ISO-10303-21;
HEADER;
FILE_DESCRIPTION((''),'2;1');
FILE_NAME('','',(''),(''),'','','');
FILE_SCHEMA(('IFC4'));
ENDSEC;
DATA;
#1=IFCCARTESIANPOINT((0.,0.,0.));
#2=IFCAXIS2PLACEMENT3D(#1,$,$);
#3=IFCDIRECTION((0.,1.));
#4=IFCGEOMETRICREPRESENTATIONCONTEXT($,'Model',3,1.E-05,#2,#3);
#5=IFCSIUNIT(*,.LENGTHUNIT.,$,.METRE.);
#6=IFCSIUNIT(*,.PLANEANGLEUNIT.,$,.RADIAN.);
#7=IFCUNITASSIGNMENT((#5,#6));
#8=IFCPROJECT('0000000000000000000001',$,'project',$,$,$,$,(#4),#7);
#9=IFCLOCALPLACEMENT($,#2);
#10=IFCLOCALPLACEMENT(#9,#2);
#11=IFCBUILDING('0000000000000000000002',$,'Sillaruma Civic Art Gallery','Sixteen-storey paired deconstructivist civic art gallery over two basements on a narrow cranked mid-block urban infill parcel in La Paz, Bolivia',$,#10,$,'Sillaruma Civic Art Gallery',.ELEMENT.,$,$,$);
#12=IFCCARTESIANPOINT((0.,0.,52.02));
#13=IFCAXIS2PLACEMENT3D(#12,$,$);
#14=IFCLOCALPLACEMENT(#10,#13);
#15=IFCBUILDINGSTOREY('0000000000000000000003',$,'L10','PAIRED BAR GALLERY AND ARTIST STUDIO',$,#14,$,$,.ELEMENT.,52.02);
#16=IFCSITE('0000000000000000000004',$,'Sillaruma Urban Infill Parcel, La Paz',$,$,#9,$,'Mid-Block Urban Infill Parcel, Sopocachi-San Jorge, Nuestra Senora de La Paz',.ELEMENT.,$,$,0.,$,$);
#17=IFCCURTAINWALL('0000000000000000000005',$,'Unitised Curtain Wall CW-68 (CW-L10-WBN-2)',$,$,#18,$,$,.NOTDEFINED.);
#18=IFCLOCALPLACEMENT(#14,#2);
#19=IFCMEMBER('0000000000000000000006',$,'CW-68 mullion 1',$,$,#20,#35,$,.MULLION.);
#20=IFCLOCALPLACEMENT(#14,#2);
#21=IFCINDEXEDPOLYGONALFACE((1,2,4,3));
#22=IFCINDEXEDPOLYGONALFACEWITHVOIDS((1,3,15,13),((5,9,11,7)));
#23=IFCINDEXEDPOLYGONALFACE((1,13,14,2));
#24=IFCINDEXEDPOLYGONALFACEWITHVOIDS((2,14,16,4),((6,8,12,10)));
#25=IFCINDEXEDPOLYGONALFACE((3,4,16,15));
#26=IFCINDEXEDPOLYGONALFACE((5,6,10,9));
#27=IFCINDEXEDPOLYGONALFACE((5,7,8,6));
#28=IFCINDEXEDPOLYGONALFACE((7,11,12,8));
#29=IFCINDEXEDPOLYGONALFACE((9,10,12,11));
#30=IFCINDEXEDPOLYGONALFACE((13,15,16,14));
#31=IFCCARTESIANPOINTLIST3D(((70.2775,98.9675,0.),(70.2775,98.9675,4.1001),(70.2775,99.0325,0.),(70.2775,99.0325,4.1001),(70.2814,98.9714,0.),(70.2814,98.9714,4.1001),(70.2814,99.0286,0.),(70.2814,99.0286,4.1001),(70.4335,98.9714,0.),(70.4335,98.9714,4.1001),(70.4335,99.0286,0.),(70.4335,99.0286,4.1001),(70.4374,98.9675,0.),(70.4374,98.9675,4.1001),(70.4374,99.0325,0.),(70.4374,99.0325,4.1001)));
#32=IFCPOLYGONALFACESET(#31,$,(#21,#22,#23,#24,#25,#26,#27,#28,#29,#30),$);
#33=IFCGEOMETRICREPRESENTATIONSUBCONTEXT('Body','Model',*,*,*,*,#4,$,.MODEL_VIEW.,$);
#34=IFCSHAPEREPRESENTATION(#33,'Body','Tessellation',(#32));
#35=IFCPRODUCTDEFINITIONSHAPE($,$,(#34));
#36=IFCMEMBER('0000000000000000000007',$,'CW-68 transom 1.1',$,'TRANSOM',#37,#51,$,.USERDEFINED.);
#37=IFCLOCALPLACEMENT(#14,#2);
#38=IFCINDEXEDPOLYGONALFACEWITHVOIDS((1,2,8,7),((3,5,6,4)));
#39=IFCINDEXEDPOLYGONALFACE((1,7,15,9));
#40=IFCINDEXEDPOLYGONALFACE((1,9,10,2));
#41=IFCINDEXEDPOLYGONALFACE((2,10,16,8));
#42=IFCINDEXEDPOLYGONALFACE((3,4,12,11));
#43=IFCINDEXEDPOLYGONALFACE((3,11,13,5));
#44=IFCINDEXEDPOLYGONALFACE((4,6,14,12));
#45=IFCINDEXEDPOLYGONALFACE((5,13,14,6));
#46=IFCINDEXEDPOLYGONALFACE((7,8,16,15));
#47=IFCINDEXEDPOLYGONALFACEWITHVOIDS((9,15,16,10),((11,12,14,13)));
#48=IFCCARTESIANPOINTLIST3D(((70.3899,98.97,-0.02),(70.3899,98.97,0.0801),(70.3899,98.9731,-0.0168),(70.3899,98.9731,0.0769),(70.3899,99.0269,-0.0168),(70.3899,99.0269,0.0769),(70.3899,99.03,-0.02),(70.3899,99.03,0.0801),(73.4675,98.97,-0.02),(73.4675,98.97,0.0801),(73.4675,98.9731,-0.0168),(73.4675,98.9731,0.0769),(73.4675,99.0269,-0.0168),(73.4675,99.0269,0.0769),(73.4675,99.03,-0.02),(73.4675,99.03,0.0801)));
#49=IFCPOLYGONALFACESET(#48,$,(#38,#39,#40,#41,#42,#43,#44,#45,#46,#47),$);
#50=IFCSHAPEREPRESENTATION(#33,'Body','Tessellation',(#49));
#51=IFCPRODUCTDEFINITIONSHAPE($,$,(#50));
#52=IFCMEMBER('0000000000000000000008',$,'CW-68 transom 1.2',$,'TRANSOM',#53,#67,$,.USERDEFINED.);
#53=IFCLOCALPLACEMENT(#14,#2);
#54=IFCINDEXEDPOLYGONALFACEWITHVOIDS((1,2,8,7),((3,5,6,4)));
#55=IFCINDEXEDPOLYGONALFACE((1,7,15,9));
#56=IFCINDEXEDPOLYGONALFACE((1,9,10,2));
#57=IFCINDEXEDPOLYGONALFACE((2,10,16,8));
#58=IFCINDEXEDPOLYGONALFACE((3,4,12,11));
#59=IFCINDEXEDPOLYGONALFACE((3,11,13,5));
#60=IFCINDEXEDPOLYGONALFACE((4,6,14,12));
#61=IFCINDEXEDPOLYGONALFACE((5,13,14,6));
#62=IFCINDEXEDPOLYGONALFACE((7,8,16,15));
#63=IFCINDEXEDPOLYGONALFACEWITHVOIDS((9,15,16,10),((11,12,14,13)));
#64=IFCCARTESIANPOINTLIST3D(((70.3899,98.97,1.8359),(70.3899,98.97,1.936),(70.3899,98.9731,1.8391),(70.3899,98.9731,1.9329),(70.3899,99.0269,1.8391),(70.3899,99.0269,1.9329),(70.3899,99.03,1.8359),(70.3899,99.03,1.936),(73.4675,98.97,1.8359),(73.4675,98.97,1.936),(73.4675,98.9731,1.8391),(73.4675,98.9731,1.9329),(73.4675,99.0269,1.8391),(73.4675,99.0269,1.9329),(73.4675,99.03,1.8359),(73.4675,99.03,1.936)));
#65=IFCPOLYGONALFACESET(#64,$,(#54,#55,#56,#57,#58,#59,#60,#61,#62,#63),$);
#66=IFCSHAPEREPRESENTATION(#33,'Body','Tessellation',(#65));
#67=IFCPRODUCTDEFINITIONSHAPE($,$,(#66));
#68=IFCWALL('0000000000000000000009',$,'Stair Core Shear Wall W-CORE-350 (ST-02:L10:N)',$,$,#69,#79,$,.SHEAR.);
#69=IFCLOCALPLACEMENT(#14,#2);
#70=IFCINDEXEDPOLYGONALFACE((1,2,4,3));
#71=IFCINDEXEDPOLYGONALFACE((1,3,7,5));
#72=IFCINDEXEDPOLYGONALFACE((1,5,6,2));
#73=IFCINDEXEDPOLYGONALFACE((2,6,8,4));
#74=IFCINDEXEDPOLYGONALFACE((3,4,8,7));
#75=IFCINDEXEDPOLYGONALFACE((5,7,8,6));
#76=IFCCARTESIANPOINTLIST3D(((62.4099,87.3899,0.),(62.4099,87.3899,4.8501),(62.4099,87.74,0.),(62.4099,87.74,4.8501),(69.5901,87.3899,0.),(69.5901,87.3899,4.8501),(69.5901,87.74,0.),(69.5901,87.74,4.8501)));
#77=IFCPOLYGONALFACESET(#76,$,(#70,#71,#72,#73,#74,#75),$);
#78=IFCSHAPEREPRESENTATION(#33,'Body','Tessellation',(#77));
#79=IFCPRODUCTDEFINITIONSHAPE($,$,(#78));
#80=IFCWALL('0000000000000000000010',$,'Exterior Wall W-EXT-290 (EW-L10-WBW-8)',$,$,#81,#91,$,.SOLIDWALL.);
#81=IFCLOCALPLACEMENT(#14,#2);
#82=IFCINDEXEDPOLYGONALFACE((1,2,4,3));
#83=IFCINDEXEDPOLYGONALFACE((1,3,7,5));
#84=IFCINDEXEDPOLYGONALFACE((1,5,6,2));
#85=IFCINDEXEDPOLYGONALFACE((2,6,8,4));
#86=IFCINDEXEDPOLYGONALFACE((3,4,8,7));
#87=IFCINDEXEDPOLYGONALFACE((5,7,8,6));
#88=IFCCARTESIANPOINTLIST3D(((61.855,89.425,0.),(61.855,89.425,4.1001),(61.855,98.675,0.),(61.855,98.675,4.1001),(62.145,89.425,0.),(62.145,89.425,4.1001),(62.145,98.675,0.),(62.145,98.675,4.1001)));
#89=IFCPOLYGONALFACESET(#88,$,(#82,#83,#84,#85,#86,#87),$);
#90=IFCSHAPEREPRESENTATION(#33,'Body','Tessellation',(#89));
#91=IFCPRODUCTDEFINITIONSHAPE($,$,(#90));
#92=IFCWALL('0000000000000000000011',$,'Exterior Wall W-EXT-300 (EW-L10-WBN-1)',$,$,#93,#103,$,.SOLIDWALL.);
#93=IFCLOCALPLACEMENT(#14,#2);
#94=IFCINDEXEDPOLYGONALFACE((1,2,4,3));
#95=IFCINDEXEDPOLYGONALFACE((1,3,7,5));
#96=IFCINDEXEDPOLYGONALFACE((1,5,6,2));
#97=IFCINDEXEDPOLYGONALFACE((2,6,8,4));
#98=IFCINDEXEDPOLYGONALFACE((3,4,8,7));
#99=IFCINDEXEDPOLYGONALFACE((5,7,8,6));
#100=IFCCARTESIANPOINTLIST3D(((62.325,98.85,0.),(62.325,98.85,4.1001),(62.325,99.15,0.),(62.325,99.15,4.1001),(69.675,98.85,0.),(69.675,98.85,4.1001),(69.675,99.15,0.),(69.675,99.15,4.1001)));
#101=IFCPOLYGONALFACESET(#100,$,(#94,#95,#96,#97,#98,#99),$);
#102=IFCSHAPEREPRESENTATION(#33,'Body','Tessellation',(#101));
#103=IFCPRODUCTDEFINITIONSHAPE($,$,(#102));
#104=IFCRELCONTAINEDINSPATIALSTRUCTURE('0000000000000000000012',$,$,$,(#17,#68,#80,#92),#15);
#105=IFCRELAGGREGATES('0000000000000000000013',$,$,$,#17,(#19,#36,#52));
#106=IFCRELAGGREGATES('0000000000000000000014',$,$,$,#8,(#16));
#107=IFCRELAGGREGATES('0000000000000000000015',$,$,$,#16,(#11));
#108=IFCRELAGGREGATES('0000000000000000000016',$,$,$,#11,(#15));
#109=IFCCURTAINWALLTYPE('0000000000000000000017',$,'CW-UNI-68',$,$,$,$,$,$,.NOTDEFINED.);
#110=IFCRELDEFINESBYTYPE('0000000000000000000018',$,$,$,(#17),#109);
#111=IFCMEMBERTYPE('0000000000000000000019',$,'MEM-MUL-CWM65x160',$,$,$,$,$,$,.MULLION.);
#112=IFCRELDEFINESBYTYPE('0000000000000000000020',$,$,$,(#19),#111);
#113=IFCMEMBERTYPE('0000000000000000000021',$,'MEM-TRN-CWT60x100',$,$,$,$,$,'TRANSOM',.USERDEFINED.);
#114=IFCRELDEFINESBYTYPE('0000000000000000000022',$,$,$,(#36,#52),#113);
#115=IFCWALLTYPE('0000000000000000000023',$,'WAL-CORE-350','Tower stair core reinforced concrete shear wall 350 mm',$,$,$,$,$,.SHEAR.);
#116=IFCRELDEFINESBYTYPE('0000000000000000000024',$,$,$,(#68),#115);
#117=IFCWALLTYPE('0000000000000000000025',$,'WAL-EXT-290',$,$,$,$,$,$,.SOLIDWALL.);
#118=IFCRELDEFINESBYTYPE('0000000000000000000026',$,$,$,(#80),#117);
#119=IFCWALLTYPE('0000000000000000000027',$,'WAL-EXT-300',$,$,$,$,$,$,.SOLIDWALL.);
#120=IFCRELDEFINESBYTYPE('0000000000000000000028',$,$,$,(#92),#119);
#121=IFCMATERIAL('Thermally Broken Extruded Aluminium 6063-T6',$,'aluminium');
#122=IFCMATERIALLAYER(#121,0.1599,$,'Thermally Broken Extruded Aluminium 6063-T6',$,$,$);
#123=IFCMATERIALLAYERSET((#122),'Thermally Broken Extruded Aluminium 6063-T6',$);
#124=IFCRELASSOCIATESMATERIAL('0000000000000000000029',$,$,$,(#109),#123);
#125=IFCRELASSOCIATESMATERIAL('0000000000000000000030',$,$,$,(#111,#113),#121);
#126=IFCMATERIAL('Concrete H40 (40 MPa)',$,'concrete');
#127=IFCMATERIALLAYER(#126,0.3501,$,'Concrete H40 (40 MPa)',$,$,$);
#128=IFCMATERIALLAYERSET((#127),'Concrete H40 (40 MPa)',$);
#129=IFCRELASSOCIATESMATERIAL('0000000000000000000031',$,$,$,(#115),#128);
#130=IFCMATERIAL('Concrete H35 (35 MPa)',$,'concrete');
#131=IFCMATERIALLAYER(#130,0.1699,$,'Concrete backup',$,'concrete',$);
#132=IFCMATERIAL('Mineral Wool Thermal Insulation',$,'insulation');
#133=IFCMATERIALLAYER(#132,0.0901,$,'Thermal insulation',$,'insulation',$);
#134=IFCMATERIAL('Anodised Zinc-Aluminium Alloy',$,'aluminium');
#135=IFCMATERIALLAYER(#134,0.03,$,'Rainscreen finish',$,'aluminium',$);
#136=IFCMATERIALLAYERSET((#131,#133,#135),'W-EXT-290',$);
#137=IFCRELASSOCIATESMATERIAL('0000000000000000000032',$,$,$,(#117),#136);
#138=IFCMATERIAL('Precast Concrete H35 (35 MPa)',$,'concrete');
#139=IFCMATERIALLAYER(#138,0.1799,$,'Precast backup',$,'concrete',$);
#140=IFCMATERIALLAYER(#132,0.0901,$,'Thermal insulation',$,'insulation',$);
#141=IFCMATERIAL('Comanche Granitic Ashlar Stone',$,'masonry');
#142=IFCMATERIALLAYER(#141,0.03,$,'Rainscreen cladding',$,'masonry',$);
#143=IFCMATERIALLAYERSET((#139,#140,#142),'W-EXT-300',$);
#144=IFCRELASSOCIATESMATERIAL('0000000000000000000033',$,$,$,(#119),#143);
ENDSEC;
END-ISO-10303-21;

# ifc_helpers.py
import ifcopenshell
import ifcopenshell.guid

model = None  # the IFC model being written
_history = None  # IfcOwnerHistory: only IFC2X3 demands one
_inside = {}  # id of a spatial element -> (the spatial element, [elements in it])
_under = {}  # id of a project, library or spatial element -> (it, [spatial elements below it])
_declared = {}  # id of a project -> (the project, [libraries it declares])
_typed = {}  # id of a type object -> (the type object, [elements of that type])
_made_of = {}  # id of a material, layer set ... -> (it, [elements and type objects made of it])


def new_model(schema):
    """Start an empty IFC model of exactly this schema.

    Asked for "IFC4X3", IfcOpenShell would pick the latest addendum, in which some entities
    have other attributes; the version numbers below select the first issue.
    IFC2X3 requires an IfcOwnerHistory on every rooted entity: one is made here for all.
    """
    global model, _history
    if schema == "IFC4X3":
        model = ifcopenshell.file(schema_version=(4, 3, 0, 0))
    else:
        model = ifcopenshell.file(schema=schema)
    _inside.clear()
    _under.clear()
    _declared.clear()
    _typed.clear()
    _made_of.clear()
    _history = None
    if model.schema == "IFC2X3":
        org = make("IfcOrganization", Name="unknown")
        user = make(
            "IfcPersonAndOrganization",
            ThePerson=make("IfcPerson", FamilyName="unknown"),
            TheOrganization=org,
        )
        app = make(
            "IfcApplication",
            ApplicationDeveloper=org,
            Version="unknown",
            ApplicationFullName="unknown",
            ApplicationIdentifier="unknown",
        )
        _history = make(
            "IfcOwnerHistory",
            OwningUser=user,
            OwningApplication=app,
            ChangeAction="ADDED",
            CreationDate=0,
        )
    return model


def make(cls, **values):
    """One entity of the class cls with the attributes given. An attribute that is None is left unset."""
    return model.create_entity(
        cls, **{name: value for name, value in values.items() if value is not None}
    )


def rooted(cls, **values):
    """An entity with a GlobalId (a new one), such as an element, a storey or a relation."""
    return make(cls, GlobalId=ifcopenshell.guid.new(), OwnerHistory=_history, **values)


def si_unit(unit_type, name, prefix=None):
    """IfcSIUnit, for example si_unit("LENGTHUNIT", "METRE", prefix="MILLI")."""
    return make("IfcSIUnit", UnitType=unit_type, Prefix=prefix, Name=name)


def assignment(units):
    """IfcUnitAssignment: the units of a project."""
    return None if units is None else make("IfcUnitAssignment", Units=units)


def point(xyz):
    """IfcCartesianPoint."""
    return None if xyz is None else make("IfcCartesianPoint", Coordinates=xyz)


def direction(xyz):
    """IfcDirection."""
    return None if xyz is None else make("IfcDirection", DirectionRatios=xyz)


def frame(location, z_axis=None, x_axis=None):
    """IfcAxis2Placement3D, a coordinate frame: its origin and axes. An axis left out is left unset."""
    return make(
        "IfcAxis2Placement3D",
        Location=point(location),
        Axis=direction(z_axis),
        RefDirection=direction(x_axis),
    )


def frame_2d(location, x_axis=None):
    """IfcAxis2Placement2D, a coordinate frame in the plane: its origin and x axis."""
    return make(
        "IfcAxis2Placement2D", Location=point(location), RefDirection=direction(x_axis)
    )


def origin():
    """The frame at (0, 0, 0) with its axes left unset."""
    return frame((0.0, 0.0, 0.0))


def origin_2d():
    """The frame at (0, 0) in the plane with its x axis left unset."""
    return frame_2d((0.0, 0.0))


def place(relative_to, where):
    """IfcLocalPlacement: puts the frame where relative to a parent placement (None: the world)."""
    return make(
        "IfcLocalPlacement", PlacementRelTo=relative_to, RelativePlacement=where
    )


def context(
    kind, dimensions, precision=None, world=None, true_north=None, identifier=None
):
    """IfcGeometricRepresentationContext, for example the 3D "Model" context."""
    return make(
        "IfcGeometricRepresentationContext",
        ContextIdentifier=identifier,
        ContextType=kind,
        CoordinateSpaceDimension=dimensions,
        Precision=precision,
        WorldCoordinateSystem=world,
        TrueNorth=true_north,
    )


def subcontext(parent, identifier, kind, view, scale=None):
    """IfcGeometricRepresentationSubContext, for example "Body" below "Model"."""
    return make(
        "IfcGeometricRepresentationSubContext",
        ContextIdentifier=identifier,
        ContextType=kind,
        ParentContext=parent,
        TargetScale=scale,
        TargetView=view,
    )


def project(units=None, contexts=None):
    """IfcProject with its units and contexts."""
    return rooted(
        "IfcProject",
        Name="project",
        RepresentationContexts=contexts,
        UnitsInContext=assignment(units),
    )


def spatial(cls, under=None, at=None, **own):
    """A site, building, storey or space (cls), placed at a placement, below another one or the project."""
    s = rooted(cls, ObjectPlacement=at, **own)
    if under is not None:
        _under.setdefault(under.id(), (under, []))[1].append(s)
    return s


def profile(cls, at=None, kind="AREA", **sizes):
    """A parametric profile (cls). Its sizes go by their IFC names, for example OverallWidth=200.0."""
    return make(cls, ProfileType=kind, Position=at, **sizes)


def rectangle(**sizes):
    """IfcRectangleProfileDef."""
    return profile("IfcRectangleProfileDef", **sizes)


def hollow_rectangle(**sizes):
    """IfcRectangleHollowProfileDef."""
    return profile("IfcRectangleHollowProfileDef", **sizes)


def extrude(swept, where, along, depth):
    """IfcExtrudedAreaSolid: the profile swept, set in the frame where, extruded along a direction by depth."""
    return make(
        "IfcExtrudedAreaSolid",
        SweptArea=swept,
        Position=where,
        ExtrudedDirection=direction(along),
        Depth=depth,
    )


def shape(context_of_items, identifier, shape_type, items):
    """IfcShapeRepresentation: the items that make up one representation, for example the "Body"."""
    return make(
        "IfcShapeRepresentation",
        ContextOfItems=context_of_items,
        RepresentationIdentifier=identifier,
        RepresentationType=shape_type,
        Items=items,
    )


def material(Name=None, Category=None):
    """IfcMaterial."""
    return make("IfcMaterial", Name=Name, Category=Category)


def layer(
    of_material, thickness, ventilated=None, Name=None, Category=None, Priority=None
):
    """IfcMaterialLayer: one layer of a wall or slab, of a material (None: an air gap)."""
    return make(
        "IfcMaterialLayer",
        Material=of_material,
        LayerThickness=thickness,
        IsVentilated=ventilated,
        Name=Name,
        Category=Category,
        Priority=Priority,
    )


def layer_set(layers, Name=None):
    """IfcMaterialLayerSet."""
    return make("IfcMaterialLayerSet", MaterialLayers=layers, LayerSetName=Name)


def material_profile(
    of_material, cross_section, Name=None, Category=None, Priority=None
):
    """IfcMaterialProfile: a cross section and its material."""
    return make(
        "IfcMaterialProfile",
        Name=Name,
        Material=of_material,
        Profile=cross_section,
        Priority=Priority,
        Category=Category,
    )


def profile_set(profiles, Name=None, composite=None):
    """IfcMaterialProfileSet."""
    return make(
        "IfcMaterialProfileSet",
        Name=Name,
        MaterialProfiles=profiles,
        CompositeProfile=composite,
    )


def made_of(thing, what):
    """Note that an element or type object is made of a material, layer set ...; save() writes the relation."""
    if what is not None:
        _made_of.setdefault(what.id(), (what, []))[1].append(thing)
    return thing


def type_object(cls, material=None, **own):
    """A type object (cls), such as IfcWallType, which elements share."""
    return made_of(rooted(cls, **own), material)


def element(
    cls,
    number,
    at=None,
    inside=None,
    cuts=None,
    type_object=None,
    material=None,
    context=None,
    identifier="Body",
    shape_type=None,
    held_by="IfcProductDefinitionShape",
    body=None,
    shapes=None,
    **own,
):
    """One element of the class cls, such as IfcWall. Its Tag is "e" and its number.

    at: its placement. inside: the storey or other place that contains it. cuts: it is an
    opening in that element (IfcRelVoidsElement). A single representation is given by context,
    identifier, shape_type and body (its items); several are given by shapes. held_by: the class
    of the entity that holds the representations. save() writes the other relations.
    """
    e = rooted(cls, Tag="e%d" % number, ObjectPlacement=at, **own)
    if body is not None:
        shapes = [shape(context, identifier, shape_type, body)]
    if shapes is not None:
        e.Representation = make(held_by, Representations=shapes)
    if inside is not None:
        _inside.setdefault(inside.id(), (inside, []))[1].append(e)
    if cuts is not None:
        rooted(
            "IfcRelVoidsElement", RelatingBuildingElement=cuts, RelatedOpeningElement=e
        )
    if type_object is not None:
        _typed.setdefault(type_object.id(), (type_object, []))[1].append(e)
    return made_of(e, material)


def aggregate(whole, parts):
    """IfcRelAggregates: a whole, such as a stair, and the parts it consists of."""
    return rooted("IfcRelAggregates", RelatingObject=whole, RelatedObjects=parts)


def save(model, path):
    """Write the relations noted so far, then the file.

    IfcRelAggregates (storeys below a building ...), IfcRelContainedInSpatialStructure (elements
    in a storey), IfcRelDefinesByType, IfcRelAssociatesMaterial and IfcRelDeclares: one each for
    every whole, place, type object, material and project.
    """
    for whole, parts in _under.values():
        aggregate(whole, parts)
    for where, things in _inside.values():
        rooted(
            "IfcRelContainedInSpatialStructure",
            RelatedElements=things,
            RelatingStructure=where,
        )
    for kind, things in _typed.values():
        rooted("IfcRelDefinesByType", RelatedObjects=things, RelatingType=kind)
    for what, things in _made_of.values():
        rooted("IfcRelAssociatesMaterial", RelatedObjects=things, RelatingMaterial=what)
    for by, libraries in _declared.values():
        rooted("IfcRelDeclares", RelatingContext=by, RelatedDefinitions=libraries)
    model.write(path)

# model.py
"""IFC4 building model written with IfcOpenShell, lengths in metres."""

from ifc_helpers import new_model, si_unit, direction, frame, frame_2d, origin, origin_2d, place, context, subcontext, project, spatial, rectangle, hollow_rectangle, extrude, material, layer, layer_set, material_profile, profile_set, type_object, element, aggregate, save


model = new_model("IFC4")

# Units and contexts
model_context = context("Model", 3, precision=1e-05, world=origin(), true_north=direction((0.0, 1.0)))
body_context = subcontext(model_context, "Body", "Model", "MODEL_VIEW")
ifc_project = project(units=[si_unit("LENGTHUNIT", "METRE"), si_unit("PLANEANGLEUNIT", "RADIAN")], contexts=[model_context])

# Site, building, storey
site_placement = place(None, origin())
site = spatial("IfcSite", under=ifc_project, at=site_placement, Name="Sillaruma Urban Infill Parcel, La Paz", LongName="Mid-Block Urban Infill Parcel, Sopocachi-San Jorge, Nuestra Senora de La Paz", CompositionType="ELEMENT", RefElevation=0.0)
building_placement = place(site_placement, origin())
building = spatial("IfcBuilding", under=site, at=building_placement, Name="Sillaruma Civic Art Gallery", Description="Sixteen-storey paired deconstructivist civic art gallery over two basements on a narrow cranked mid-block urban infill parcel in La Paz, Bolivia", LongName="Sillaruma Civic Art Gallery", CompositionType="ELEMENT")
storey_placement = place(building_placement, frame((0.0, 0.0, 52.02)))
storey = spatial("IfcBuildingStorey", under=building, at=storey_placement, Name="L10", Description="PAIRED BAR GALLERY AND ARTIST STUDIO", CompositionType="ELEMENT", Elevation=52.02)

# Shared definitions
ifc_material_1 = material(Name="Concrete H40 (40 MPa)", Category="concrete")

# Shared definitions
ifc_material_2 = material(Name="Concrete H35 (35 MPa)", Category="concrete")

# Curtain wall, members
ifc_material_3 = material(Name="Thermally Broken Extruded Aluminium 6063-T6", Category="aluminium")
ifc_layer_1 = layer(ifc_material_3, 0.1599, Name="Thermally Broken Extruded Aluminium 6063-T6")
ifc_layer_set_1 = layer_set([ifc_layer_1], Name="Thermally Broken Extruded Aluminium 6063-T6")
curtain_wall_type = type_object("IfcCurtainWallType", Name="CW-UNI-68", PredefinedType="NOTDEFINED", material=ifc_layer_set_1)
curtain_wall_placement = place(storey_placement, origin())
curtain_wall = element("IfcCurtainWall", 1, at=curtain_wall_placement, inside=storey, type_object=curtain_wall_type, Name="Unitised Curtain Wall CW-68 (CW-L10-WBN-2)", PredefinedType="NOTDEFINED")
ifc_material_profile_1 = material_profile(ifc_material_3, hollow_rectangle(XDim=0.0649, YDim=0.1599, WallThickness=0.0039, at=origin_2d()), Name="CWM65x160")
ifc_profile_set_1 = profile_set([ifc_material_profile_1], Name="Thermally Broken Extruded Aluminium 6063-T6")
member_type_1 = type_object("IfcMemberType", Name="MEM-MUL-CWM65x160", PredefinedType="MULLION", material=ifc_profile_set_1)
member_1_placement = place(storey_placement, frame((70.3574, 99.0, 0.0), z_axis=(0.0, 0.0, 1.0), x_axis=(0.0, 1.0, 0.0)))
member_1 = element("IfcMember", 2, at=member_1_placement, type_object=member_type_1, Name="CW-68 mullion 1", PredefinedType="MULLION", context=body_context, shape_type="SweptSolid", body=[
    extrude(hollow_rectangle(XDim=0.0649, YDim=0.1599, WallThickness=0.0039, at=origin_2d()), origin(), (0.0, 0.0, 1.0), 4.1001),
])
ifc_material_profile_2 = material_profile(ifc_material_3, hollow_rectangle(XDim=0.0601, YDim=0.1001, WallThickness=0.0032, at=origin_2d()), Name="CWT60x100")
ifc_profile_set_2 = profile_set([ifc_material_profile_2], Name="Thermally Broken Extruded Aluminium 6063-T6")
member_type_2 = type_object("IfcMemberType", Name="MEM-TRN-CWT60x100", ElementType="TRANSOM", PredefinedType="USERDEFINED", material=ifc_profile_set_2)
member_2_placement = place(storey_placement, frame((70.3899, 99.0, 0.03), z_axis=(1.0, 0.0, 0.0), x_axis=(0.0, 1.0, 0.0)))
member_2 = element("IfcMember", 3, at=member_2_placement, type_object=member_type_2, Name="CW-68 transom 1.1", ObjectType="TRANSOM", PredefinedType="USERDEFINED", context=body_context, shape_type="SweptSolid", body=[
    extrude(hollow_rectangle(XDim=0.0601, YDim=0.1001, WallThickness=0.0032, at=origin_2d()), origin(), (0.0, 0.0, 1.0), 3.0776),
])
member_3_placement = place(storey_placement, frame((70.3899, 99.0, 1.886), z_axis=(1.0, 0.0, 0.0), x_axis=(0.0, 1.0, 0.0)))
member_3 = element("IfcMember", 4, at=member_3_placement, type_object=member_type_2, Name="CW-68 transom 1.2", ObjectType="TRANSOM", PredefinedType="USERDEFINED", context=body_context, shape_type="SweptSolid", body=[
    extrude(hollow_rectangle(XDim=0.0601, YDim=0.1001, WallThickness=0.0032, at=origin_2d()), origin(), (0.0, 0.0, 1.0), 3.0776),
])
aggregate(curtain_wall, [member_1, member_2, member_3])

# Walls
ifc_layer_2 = layer(ifc_material_1, 0.3501, Name="Concrete H40 (40 MPa)")
ifc_layer_set_2 = layer_set([ifc_layer_2], Name="Concrete H40 (40 MPa)")
wall_type_1 = type_object("IfcWallType", Name="WAL-CORE-350", Description="Tower stair core reinforced concrete shear wall 350 mm", PredefinedType="SHEAR", material=ifc_layer_set_2)
wall_1_placement = place(storey_placement, frame((62.4099, 87.5649, 0.0), z_axis=(0.0, 0.0, 1.0), x_axis=(1.0, 0.0, 0.0)))
element("IfcWall", 5, at=wall_1_placement, inside=storey, type_object=wall_type_1, Name="Stair Core Shear Wall W-CORE-350 (ST-02:L10:N)", PredefinedType="SHEAR", context=body_context, shape_type="SweptSolid", body=[
    extrude(rectangle(XDim=7.1802, YDim=0.3501, at=frame_2d((3.5901, 0.0))), origin(), (0.0, 0.0, 1.0), 4.8501),
])
ifc_layer_3 = layer(ifc_material_2, 0.1699, Name="Concrete backup", Category="concrete")
ifc_material_4 = material(Name="Mineral Wool Thermal Insulation", Category="insulation")
ifc_layer_4 = layer(ifc_material_4, 0.0901, Name="Thermal insulation", Category="insulation")
ifc_material_5 = material(Name="Anodised Zinc-Aluminium Alloy", Category="aluminium")
ifc_layer_5 = layer(ifc_material_5, 0.03, Name="Rainscreen finish", Category="aluminium")
ifc_layer_set_3 = layer_set([ifc_layer_3, ifc_layer_4, ifc_layer_5], Name="W-EXT-290")
wall_type_2 = type_object("IfcWallType", Name="WAL-EXT-290", PredefinedType="SOLIDWALL", material=ifc_layer_set_3)
wall_2_placement = place(storey_placement, frame((62.0, 89.425, 0.0), z_axis=(0.0, 0.0, 1.0), x_axis=(0.0, 1.0, 0.0)))
element("IfcWall", 6, at=wall_2_placement, inside=storey, type_object=wall_type_2, Name="Exterior Wall W-EXT-290 (EW-L10-WBW-8)", PredefinedType="SOLIDWALL", context=body_context, shape_type="SweptSolid", body=[
    extrude(rectangle(XDim=9.25, YDim=0.29, at=frame_2d((4.625, 0.0))), origin(), (0.0, 0.0, 1.0), 4.1001),
])
ifc_material_6 = material(Name="Precast Concrete H35 (35 MPa)", Category="concrete")
ifc_layer_6 = layer(ifc_material_6, 0.1799, Name="Precast backup", Category="concrete")
ifc_layer_7 = layer(ifc_material_4, 0.0901, Name="Thermal insulation", Category="insulation")
ifc_material_7 = material(Name="Comanche Granitic Ashlar Stone", Category="masonry")
ifc_layer_8 = layer(ifc_material_7, 0.03, Name="Rainscreen cladding", Category="masonry")
ifc_layer_set_4 = layer_set([ifc_layer_6, ifc_layer_7, ifc_layer_8], Name="W-EXT-300")
wall_type_3 = type_object("IfcWallType", Name="WAL-EXT-300", PredefinedType="SOLIDWALL", material=ifc_layer_set_4)
wall_3_placement = place(storey_placement, frame((62.325, 99.0, 0.0), z_axis=(0.0, 0.0, 1.0), x_axis=(1.0, 0.0, 0.0)))
element("IfcWall", 7, at=wall_3_placement, inside=storey, type_object=wall_type_3, Name="Exterior Wall W-EXT-300 (EW-L10-WBN-1)", PredefinedType="SOLIDWALL", context=body_context, shape_type="SweptSolid", body=[
    extrude(rectangle(XDim=7.3501, YDim=0.3, at=frame_2d((3.675, 0.0))), origin(), (0.0, 0.0, 1.0), 4.1001),
])

save(model, "model.ifc")
